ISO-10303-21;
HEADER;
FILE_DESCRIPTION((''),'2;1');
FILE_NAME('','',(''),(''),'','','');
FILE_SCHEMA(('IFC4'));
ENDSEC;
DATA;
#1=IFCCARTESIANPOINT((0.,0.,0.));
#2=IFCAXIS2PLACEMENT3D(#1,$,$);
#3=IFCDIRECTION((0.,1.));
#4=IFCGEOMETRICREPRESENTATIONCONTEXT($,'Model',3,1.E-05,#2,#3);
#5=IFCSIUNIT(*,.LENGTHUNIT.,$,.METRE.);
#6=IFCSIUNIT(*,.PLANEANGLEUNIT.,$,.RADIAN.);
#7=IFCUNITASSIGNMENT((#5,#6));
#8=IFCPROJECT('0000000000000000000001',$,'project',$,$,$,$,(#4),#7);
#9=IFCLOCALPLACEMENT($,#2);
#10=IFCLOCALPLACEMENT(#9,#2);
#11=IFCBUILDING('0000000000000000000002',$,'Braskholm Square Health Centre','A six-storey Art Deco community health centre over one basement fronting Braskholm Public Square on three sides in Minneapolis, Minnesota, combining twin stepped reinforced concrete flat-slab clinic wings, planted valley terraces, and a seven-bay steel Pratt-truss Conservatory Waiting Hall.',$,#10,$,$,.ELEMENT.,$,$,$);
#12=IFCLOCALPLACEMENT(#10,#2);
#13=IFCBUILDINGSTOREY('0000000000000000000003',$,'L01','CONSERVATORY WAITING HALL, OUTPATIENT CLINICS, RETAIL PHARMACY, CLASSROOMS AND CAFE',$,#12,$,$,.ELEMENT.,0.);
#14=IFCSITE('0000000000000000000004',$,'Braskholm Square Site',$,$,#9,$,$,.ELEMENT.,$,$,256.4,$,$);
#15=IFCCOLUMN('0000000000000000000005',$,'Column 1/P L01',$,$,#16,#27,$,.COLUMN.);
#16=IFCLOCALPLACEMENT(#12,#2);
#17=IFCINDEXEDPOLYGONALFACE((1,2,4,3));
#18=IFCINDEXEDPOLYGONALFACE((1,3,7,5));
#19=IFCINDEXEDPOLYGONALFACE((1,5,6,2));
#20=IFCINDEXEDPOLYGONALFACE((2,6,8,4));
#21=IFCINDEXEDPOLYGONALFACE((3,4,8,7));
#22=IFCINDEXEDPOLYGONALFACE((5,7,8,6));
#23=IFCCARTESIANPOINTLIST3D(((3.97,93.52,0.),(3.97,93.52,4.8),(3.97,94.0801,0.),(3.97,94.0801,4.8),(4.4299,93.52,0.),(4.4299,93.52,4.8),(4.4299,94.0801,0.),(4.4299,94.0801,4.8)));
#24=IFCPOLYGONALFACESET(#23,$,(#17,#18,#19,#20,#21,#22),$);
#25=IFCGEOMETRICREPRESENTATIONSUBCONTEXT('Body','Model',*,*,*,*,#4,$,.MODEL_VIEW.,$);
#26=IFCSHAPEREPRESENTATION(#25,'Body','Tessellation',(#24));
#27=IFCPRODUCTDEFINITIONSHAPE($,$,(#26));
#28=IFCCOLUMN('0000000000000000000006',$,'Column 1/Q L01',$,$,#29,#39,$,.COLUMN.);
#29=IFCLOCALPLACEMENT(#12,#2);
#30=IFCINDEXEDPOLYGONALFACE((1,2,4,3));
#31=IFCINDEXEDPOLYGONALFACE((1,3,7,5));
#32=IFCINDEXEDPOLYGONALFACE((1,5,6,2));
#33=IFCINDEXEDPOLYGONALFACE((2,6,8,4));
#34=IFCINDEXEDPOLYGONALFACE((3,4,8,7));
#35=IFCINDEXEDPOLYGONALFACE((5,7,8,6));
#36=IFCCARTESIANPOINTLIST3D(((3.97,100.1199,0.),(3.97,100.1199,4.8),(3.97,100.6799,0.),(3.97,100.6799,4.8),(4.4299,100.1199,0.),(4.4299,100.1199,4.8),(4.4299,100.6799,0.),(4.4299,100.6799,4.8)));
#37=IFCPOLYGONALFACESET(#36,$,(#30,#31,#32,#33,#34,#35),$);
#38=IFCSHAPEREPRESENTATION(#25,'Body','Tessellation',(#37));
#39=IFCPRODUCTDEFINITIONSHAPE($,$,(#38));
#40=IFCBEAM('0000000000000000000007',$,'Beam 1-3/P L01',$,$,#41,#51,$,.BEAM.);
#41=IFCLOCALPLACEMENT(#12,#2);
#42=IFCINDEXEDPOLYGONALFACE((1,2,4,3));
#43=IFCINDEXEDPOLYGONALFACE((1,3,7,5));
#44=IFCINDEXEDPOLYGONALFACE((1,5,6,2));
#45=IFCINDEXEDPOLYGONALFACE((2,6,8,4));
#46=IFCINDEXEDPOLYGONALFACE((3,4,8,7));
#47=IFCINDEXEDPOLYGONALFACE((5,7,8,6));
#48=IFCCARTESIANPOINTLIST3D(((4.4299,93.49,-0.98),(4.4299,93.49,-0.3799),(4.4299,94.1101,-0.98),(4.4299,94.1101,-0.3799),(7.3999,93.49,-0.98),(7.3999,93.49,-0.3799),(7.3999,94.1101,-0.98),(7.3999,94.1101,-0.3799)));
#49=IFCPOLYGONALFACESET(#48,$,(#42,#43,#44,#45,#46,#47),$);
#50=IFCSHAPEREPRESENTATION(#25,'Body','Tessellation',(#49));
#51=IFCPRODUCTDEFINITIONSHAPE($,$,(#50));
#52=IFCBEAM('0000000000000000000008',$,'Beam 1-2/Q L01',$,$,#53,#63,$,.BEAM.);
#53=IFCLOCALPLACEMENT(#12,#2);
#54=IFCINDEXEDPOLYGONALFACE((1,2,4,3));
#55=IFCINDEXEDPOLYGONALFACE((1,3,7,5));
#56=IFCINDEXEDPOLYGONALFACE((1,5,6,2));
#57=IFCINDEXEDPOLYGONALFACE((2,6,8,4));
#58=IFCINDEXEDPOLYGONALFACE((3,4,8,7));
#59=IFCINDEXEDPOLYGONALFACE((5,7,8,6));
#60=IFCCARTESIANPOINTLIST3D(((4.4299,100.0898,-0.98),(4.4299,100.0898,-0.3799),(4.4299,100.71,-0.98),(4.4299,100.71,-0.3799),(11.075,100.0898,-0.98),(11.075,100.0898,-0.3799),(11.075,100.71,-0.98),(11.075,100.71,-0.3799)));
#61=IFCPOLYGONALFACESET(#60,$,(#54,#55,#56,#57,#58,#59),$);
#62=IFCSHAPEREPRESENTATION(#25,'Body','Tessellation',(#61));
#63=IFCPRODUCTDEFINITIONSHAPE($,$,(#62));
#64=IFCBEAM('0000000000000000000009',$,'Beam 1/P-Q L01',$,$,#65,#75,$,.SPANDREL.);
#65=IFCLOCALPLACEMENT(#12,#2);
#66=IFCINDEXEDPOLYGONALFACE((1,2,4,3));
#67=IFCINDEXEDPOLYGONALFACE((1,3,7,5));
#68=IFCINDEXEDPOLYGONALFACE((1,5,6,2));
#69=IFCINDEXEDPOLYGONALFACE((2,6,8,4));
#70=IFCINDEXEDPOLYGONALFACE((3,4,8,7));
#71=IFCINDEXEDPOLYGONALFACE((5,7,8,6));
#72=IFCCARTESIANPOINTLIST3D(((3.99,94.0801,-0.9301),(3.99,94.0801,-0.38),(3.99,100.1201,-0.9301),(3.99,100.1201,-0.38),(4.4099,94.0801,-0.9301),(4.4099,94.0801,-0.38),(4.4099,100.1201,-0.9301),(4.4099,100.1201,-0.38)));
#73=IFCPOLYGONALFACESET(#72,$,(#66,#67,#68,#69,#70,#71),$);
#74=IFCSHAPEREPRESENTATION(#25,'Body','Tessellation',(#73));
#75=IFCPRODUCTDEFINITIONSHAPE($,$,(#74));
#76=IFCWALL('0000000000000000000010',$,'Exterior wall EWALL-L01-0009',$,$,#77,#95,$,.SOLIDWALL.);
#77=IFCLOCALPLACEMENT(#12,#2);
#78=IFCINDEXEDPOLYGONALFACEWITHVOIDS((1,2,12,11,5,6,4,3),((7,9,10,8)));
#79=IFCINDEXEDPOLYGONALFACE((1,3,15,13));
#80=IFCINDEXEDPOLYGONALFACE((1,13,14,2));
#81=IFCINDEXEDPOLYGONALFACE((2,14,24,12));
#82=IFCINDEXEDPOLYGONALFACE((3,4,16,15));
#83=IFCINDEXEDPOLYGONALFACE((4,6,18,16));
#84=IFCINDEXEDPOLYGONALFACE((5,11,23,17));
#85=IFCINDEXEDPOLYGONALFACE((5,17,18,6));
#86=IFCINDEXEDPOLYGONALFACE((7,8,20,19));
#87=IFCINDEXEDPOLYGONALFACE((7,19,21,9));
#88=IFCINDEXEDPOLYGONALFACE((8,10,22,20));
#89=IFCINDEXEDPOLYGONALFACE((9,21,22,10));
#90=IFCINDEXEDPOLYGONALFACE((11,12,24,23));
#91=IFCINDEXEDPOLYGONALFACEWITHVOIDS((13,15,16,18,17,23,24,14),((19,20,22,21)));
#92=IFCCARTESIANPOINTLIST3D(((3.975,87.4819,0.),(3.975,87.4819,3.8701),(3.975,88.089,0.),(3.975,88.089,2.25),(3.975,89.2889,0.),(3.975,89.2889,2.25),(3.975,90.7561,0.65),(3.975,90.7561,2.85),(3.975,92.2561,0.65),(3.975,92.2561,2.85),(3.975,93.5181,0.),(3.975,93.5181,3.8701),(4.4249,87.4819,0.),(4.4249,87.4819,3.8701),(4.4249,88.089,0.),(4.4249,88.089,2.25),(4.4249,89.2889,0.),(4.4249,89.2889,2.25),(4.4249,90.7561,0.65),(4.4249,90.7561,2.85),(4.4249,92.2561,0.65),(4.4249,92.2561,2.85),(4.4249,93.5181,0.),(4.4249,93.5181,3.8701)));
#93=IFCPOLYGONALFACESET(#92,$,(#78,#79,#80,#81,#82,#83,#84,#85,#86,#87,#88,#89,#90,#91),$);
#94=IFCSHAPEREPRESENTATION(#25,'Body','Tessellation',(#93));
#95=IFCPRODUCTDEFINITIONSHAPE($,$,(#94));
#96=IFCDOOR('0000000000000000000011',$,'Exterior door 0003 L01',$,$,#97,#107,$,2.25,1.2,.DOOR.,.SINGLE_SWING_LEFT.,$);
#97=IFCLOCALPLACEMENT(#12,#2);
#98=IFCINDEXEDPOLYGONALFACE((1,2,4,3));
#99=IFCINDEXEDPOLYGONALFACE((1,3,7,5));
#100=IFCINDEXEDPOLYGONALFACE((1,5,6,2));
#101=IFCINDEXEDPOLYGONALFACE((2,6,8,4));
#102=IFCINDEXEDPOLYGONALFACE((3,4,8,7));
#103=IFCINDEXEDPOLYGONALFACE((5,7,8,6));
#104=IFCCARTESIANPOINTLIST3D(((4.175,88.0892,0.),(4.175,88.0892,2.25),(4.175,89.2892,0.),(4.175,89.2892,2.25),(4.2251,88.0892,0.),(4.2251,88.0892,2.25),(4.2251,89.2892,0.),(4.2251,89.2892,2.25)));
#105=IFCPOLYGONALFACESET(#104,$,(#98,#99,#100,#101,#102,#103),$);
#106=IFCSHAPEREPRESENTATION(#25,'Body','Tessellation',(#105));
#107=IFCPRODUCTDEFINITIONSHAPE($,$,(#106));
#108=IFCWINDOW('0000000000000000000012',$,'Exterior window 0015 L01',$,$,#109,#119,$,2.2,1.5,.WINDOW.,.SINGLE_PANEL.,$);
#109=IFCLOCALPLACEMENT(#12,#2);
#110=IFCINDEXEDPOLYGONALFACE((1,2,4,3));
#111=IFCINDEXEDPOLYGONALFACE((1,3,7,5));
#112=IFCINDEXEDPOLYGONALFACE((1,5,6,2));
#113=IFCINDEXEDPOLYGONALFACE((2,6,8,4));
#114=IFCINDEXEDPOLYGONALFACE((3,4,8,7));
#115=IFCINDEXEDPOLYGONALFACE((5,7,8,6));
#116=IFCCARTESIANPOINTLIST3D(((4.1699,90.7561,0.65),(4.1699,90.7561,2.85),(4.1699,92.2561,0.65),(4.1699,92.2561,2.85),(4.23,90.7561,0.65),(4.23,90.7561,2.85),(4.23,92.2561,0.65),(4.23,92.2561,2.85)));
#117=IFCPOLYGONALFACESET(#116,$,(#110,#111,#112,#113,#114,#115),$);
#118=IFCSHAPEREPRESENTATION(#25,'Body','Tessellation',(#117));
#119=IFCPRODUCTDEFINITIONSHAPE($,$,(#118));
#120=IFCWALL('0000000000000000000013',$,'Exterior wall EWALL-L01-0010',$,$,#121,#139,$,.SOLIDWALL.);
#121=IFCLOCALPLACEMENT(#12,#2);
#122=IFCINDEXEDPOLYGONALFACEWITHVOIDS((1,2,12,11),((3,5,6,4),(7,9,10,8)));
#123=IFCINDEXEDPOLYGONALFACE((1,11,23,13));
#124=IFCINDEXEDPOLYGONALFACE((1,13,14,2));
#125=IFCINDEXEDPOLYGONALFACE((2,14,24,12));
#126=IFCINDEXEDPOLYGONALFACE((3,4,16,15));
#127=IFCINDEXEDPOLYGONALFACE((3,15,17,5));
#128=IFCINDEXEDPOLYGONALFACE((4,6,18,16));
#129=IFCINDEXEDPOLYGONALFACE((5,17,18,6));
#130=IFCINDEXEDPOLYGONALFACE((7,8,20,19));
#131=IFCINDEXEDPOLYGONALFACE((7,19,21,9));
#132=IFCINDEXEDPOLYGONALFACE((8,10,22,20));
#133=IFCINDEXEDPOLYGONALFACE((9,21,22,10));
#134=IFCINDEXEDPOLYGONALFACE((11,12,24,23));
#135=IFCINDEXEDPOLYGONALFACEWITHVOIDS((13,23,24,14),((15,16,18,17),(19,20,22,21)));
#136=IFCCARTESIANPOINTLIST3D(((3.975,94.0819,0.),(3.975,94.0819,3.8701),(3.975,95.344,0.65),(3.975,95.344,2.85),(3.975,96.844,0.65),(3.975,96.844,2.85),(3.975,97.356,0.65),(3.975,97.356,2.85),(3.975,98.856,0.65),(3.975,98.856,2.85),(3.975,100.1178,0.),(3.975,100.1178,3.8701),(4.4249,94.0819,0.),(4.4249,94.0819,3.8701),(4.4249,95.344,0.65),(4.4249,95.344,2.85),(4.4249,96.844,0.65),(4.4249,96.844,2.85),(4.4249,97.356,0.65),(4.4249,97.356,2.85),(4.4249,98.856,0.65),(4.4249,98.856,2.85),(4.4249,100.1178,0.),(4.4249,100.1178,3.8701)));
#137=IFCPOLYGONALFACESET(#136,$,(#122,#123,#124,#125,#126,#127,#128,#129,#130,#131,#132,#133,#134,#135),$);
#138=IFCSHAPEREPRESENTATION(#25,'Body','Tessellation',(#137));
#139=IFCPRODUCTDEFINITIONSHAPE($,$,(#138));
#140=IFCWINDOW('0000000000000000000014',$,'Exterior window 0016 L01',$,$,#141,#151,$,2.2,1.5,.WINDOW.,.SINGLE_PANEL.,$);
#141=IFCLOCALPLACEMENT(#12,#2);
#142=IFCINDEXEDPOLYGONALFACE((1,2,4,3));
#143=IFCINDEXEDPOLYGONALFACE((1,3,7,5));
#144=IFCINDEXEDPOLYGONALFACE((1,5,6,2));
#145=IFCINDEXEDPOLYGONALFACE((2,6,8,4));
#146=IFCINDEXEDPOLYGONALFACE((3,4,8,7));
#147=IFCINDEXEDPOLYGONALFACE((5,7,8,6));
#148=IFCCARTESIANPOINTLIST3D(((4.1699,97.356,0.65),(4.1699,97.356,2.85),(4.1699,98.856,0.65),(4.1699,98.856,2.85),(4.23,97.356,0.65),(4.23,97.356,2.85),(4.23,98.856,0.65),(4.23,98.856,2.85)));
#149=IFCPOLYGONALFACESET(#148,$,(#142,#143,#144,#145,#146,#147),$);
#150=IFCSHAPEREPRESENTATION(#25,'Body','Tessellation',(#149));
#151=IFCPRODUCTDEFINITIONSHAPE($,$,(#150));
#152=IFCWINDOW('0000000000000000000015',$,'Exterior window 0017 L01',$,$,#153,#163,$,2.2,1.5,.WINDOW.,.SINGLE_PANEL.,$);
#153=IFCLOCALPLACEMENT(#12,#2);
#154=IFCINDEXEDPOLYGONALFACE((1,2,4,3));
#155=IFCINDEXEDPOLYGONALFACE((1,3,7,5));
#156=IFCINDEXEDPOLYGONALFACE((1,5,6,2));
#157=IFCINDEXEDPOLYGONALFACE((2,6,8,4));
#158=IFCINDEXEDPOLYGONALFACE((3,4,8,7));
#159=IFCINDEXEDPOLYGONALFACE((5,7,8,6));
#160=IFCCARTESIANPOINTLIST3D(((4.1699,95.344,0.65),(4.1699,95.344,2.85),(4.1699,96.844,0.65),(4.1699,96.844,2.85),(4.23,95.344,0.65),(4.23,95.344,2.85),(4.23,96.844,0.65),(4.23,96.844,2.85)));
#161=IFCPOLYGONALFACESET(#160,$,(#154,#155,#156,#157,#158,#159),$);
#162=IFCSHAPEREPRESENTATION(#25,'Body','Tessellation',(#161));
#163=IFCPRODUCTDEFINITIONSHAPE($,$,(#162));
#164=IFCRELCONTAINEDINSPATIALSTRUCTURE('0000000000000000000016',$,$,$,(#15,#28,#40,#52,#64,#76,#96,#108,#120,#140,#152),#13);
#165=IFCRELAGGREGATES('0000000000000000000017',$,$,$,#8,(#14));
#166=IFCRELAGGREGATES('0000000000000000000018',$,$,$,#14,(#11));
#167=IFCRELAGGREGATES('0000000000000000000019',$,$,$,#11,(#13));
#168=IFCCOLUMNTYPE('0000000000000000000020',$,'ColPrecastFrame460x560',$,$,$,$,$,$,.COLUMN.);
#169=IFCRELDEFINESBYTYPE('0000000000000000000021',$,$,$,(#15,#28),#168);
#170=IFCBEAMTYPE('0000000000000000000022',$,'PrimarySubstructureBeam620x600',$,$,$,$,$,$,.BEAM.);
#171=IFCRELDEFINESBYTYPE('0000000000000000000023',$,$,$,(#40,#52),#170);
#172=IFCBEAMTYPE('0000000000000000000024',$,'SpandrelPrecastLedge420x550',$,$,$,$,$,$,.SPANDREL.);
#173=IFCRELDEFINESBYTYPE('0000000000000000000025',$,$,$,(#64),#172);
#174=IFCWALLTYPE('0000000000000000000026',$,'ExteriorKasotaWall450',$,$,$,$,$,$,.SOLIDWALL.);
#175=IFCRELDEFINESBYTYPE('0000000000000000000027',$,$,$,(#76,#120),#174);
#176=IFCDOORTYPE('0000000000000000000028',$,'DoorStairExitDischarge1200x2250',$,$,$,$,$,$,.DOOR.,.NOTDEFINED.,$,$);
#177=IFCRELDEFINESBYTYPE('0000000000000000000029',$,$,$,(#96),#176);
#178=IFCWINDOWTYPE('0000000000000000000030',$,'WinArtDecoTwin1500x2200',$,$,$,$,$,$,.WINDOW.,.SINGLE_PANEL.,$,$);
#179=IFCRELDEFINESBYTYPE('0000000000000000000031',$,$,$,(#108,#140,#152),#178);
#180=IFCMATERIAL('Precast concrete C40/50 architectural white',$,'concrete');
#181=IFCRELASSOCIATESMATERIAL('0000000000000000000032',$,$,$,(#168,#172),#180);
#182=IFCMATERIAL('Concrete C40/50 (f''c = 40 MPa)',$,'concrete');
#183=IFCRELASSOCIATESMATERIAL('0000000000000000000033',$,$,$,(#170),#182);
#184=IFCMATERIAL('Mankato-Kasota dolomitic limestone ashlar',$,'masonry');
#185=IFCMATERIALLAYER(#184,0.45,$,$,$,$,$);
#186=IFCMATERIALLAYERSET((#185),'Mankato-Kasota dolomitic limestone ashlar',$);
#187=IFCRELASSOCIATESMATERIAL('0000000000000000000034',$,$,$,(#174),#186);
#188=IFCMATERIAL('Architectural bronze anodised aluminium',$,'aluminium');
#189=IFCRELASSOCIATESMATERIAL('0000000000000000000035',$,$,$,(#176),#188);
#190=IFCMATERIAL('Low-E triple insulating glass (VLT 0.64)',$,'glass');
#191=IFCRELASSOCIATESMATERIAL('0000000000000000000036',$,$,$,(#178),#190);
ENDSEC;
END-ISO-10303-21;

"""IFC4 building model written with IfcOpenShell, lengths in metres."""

from ifc_helpers import new_model, si_unit, direction, frame, frame_2d, origin, origin_with_axes, origin_2d, place, context, subcontext, project, spatial, rectangle, extrude, material, layer, layer_set, material_profile, profile_set, type_object, element, fill, save


model = new_model("IFC4")

# Units and contexts
model_context = context("Model", 3, precision=1e-05, world=origin(), true_north=direction((0.0, 1.0)))
body_context = subcontext(model_context, "Body", "Model", "MODEL_VIEW")
ifc_project = project(units=[si_unit("LENGTHUNIT", "METRE"), si_unit("PLANEANGLEUNIT", "RADIAN")], contexts=[model_context])

# Site, building, storey
site_placement = place(None, origin())
site = spatial("IfcSite", under=ifc_project, at=site_placement, Name="Braskholm Square Site", CompositionType="ELEMENT", RefElevation=256.4)
building_placement = place(site_placement, origin())
building = spatial("IfcBuilding", under=site, at=building_placement, Name="Braskholm Square Health Centre", Description="A six-storey Art Deco community health centre over one basement fronting Braskholm Public Square on three sides in Minneapolis, Minnesota, combining twin stepped reinforced concrete flat-slab clinic wings, planted valley terraces, and a seven-bay steel Pratt-truss Conservatory Waiting Hall.", CompositionType="ELEMENT")
storey_placement = place(building_placement, origin())
storey = spatial("IfcBuildingStorey", under=building, at=storey_placement, Name="L01", Description="CONSERVATORY WAITING HALL, OUTPATIENT CLINICS, RETAIL PHARMACY, CLASSROOMS AND CAFE", CompositionType="ELEMENT", Elevation=0.0)

# Columns
ifc_material_1 = material(Name="Precast concrete C40/50 architectural white", Category="concrete")
ifc_material_profile_1 = material_profile(ifc_material_1, rectangle(XDim=0.46, YDim=0.5601, at=origin_2d()), Name="RC-460X560")
ifc_profile_set_1 = profile_set([ifc_material_profile_1], Name="Precast concrete C40/50 architectural white")
column_type = type_object("IfcColumnType", Name="ColPrecastFrame460x560", PredefinedType="COLUMN", material=ifc_profile_set_1)
for number, where, z_axis, x_axis, name in (
    (1, (4.2, 93.8, 0.0), (0.0, 0.0, 1.0), (1.0, 0.0, 0.0), "Column 1/P L01"),
    (2, (4.2, 100.3999, 0.0), (0.0, 0.0, 1.0), (1.0, 0.0, 0.0), "Column 1/Q L01"),
):
    element("IfcColumn", number, at=place(storey_placement, frame(where, z_axis=z_axis, x_axis=x_axis)), inside=storey, type_object=column_type, Name=name, PredefinedType="COLUMN", context=body_context, shape_type="SweptSolid", body=[
        extrude(rectangle(XDim=0.46, YDim=0.5601, at=origin_2d()), origin(), (0.0, 0.0, 1.0), 4.8),
    ])

# Beams
ifc_material_2 = material(Name="Concrete C40/50 (f'c = 40 MPa)", Category="concrete")
ifc_material_profile_2 = material_profile(ifc_material_2, rectangle(XDim=0.6201, YDim=0.6001, at=origin_2d()), Name="RCB-620X600")
ifc_profile_set_2 = profile_set([ifc_material_profile_2], Name="Concrete C40/50 (f'c = 40 MPa)")
beam_type_1 = type_object("IfcBeamType", Name="PrimarySubstructureBeam620x600", PredefinedType="BEAM", material=ifc_profile_set_2)
beam_1_placement = place(storey_placement, frame((4.4299, 93.8, -0.6799), z_axis=(1.0, 0.0, 0.0), x_axis=(0.0, 1.0, 0.0)))
element("IfcBeam", 3, at=beam_1_placement, inside=storey, type_object=beam_type_1, Name="Beam 1-3/P L01", PredefinedType="BEAM", context=body_context, shape_type="SweptSolid", body=[
    extrude(rectangle(XDim=0.6201, YDim=0.6001, at=origin_2d()), origin(), (0.0, 0.0, 1.0), 2.97),
])
beam_2_placement = place(storey_placement, frame((4.4299, 100.3999, -0.6799), z_axis=(1.0, 0.0, 0.0), x_axis=(0.0, 1.0, 0.0)))
element("IfcBeam", 4, at=beam_2_placement, inside=storey, type_object=beam_type_1, Name="Beam 1-2/Q L01", PredefinedType="BEAM", context=body_context, shape_type="SweptSolid", body=[
    extrude(rectangle(XDim=0.6201, YDim=0.6001, at=origin_2d()), origin(), (0.0, 0.0, 1.0), 6.645),
])
ifc_material_profile_3 = material_profile(ifc_material_1, rectangle(XDim=0.4199, YDim=0.55, at=origin_2d()), Name="RCB-420X550")
ifc_profile_set_3 = profile_set([ifc_material_profile_3], Name="Precast concrete C40/50 architectural white")
beam_type_2 = type_object("IfcBeamType", Name="SpandrelPrecastLedge420x550", PredefinedType="SPANDREL", material=ifc_profile_set_3)
beam_3_placement = place(storey_placement, frame((4.2, 94.0801, -0.655), z_axis=(0.0, 1.0, 0.0), x_axis=(-1.0, 0.0, 0.0)))
element("IfcBeam", 5, at=beam_3_placement, inside=storey, type_object=beam_type_2, Name="Beam 1/P-Q L01", PredefinedType="SPANDREL", context=body_context, shape_type="SweptSolid", body=[
    extrude(rectangle(XDim=0.4199, YDim=0.55, at=origin_2d()), origin(), (0.0, 0.0, 1.0), 6.04),
])

# Wall, openings, door, window
ifc_material_3 = material(Name="Mankato-Kasota dolomitic limestone ashlar", Category="masonry")
ifc_layer_1 = layer(ifc_material_3, 0.45)
ifc_layer_set_1 = layer_set([ifc_layer_1], Name="Mankato-Kasota dolomitic limestone ashlar")
wall_type_1 = type_object("IfcWallType", Name="ExteriorKasotaWall450", PredefinedType="SOLIDWALL", material=ifc_layer_set_1)
wall_1_placement = place(storey_placement, frame((4.2, 93.5181, 0.0), z_axis=(0.0, 0.0, 1.0), x_axis=(0.0, -1.0, 0.0)))
wall_1 = element("IfcWall", 6, at=wall_1_placement, inside=storey, type_object=wall_type_1, Name="Exterior wall EWALL-L01-0009", PredefinedType="SOLIDWALL", context=body_context, shape_type="SweptSolid", body=[
    extrude(rectangle(XDim=6.0361, YDim=0.45, at=frame_2d((3.0181, 0.0))), origin(), (0.0, 0.0, 1.0), 3.8701),
])
opening_1_placement = place(wall_1_placement, frame((4.229, 0.0, 0.0)))
opening_1 = element("IfcOpeningElement", 7, at=opening_1_placement, cuts=wall_1, PredefinedType="OPENING", context=body_context, shape_type="SweptSolid", body=[
    extrude(rectangle(XDim=1.2, YDim=2.25, at=frame_2d((0.6001, 1.125))), frame((0.0, 0.2349, 0.0), z_axis=(0.0, -1.0, 0.0), x_axis=(1.0, 0.0, 0.0)), (0.0, 0.0, 1.0), 0.47),
])
opening_2_placement = place(wall_1_placement, frame((1.262, 0.0, 0.6499)))
opening_2 = element("IfcOpeningElement", 8, at=opening_2_placement, cuts=wall_1, PredefinedType="OPENING", context=body_context, shape_type="SweptSolid", body=[
    extrude(rectangle(XDim=1.5, YDim=2.2, at=frame_2d((0.75, 1.1001))), frame((0.0, 0.2349, 0.0), z_axis=(0.0, -1.0, 0.0), x_axis=(1.0, 0.0, 0.0)), (0.0, 0.0, 1.0), 0.47),
])
ifc_material_4 = material(Name="Architectural bronze anodised aluminium", Category="aluminium")
door_type_1 = type_object("IfcDoorType", Name="DoorStairExitDischarge1200x2250", OperationType="NOTDEFINED", PredefinedType="DOOR", material=ifc_material_4)
door_1_placement = place(opening_1_placement, frame((1.2, 0.0, 0.0), z_axis=(0.0, 0.0, 1.0), x_axis=(-1.0, 0.0, 0.0)))
door_1 = element("IfcDoor", 9, at=door_1_placement, inside=storey, type_object=door_type_1, Name="Exterior door 0003 L01", OperationType="SINGLE_SWING_LEFT", OverallHeight=2.25, OverallWidth=1.2, PredefinedType="DOOR", context=body_context, shape_type="SweptSolid", body=[
    extrude(rectangle(XDim=1.2, YDim=2.25, at=frame_2d((0.6001, 1.125))), frame((0.0, 0.0249, 0.0), z_axis=(0.0, -1.0, 0.0), x_axis=(1.0, 0.0, 0.0)), (0.0, 0.0, 1.0), 0.05),
])
fill(opening_1, door_1)
ifc_material_5 = material(Name="Low-E triple insulating glass (VLT 0.64)", Category="glass")
window_type = type_object("IfcWindowType", Name="WinArtDecoTwin1500x2200", PartitioningType="SINGLE_PANEL", PredefinedType="WINDOW", material=ifc_material_5)
window_1_placement = place(opening_2_placement, origin_with_axes())
window_1 = element("IfcWindow", 10, at=window_1_placement, inside=storey, type_object=window_type, Name="Exterior window 0015 L01", OverallHeight=2.2, OverallWidth=1.5, PartitioningType="SINGLE_PANEL", PredefinedType="WINDOW", context=body_context, shape_type="SweptSolid", body=[
    extrude(rectangle(XDim=1.5, YDim=2.2, at=frame_2d((0.75, 1.1001))), frame((0.0, 0.03, 0.0), z_axis=(0.0, -1.0, 0.0), x_axis=(1.0, 0.0, 0.0)), (0.0, 0.0, 1.0), 0.0601),
])
fill(opening_2, window_1)

# Wall, openings, windows
wall_2_placement = place(storey_placement, frame((4.2, 100.1179, 0.0), z_axis=(0.0, 0.0, 1.0), x_axis=(0.0, -1.0, 0.0)))
wall_2 = element("IfcWall", 11, at=wall_2_placement, inside=storey, type_object=wall_type_1, Name="Exterior wall EWALL-L01-0010", PredefinedType="SOLIDWALL", context=body_context, shape_type="SweptSolid", body=[
    extrude(rectangle(XDim=6.0359, YDim=0.45, at=frame_2d((3.0181, 0.0))), origin(), (0.0, 0.0, 1.0), 3.8701),
])
opening_3_placement = place(wall_2_placement, frame((1.262, 0.0, 0.6499)))
opening_3 = element("IfcOpeningElement", 12, at=opening_3_placement, cuts=wall_2, PredefinedType="OPENING", context=body_context, shape_type="SweptSolid", body=[
    extrude(rectangle(XDim=1.5, YDim=2.2, at=frame_2d((0.75, 1.1001))), frame((0.0, 0.2349, 0.0), z_axis=(0.0, -1.0, 0.0), x_axis=(1.0, 0.0, 0.0)), (0.0, 0.0, 1.0), 0.47),
])
opening_4_placement = place(wall_2_placement, frame((3.2739, 0.0, 0.6499)))
opening_4 = element("IfcOpeningElement", 13, at=opening_4_placement, cuts=wall_2, PredefinedType="OPENING", context=body_context, shape_type="SweptSolid", body=[
    extrude(rectangle(XDim=1.5, YDim=2.2, at=frame_2d((0.75, 1.1001))), frame((0.0, 0.2349, 0.0), z_axis=(0.0, -1.0, 0.0), x_axis=(1.0, 0.0, 0.0)), (0.0, 0.0, 1.0), 0.47),
])
window_2_placement = place(opening_3_placement, origin_with_axes())
window_2 = element("IfcWindow", 14, at=window_2_placement, inside=storey, type_object=window_type, Name="Exterior window 0016 L01", OverallHeight=2.2, OverallWidth=1.5, PartitioningType="SINGLE_PANEL", PredefinedType="WINDOW", context=body_context, shape_type="SweptSolid", body=[
    extrude(rectangle(XDim=1.5, YDim=2.2, at=frame_2d((0.75, 1.1001))), frame((0.0, 0.03, 0.0), z_axis=(0.0, -1.0, 0.0), x_axis=(1.0, 0.0, 0.0)), (0.0, 0.0, 1.0), 0.0601),
])
fill(opening_3, window_2)
window_3_placement = place(opening_4_placement, origin_with_axes())
window_3 = element("IfcWindow", 15, at=window_3_placement, inside=storey, type_object=window_type, Name="Exterior window 0017 L01", OverallHeight=2.2, OverallWidth=1.5, PartitioningType="SINGLE_PANEL", PredefinedType="WINDOW", context=body_context, shape_type="SweptSolid", body=[
    extrude(rectangle(XDim=1.5, YDim=2.2, at=frame_2d((0.75, 1.1001))), frame((0.0, 0.03, 0.0), z_axis=(0.0, -1.0, 0.0), x_axis=(1.0, 0.0, 0.0)), (0.0, 0.0, 1.0), 0.0601),
])
fill(opening_4, window_3)

save(model, "model.ifc")
